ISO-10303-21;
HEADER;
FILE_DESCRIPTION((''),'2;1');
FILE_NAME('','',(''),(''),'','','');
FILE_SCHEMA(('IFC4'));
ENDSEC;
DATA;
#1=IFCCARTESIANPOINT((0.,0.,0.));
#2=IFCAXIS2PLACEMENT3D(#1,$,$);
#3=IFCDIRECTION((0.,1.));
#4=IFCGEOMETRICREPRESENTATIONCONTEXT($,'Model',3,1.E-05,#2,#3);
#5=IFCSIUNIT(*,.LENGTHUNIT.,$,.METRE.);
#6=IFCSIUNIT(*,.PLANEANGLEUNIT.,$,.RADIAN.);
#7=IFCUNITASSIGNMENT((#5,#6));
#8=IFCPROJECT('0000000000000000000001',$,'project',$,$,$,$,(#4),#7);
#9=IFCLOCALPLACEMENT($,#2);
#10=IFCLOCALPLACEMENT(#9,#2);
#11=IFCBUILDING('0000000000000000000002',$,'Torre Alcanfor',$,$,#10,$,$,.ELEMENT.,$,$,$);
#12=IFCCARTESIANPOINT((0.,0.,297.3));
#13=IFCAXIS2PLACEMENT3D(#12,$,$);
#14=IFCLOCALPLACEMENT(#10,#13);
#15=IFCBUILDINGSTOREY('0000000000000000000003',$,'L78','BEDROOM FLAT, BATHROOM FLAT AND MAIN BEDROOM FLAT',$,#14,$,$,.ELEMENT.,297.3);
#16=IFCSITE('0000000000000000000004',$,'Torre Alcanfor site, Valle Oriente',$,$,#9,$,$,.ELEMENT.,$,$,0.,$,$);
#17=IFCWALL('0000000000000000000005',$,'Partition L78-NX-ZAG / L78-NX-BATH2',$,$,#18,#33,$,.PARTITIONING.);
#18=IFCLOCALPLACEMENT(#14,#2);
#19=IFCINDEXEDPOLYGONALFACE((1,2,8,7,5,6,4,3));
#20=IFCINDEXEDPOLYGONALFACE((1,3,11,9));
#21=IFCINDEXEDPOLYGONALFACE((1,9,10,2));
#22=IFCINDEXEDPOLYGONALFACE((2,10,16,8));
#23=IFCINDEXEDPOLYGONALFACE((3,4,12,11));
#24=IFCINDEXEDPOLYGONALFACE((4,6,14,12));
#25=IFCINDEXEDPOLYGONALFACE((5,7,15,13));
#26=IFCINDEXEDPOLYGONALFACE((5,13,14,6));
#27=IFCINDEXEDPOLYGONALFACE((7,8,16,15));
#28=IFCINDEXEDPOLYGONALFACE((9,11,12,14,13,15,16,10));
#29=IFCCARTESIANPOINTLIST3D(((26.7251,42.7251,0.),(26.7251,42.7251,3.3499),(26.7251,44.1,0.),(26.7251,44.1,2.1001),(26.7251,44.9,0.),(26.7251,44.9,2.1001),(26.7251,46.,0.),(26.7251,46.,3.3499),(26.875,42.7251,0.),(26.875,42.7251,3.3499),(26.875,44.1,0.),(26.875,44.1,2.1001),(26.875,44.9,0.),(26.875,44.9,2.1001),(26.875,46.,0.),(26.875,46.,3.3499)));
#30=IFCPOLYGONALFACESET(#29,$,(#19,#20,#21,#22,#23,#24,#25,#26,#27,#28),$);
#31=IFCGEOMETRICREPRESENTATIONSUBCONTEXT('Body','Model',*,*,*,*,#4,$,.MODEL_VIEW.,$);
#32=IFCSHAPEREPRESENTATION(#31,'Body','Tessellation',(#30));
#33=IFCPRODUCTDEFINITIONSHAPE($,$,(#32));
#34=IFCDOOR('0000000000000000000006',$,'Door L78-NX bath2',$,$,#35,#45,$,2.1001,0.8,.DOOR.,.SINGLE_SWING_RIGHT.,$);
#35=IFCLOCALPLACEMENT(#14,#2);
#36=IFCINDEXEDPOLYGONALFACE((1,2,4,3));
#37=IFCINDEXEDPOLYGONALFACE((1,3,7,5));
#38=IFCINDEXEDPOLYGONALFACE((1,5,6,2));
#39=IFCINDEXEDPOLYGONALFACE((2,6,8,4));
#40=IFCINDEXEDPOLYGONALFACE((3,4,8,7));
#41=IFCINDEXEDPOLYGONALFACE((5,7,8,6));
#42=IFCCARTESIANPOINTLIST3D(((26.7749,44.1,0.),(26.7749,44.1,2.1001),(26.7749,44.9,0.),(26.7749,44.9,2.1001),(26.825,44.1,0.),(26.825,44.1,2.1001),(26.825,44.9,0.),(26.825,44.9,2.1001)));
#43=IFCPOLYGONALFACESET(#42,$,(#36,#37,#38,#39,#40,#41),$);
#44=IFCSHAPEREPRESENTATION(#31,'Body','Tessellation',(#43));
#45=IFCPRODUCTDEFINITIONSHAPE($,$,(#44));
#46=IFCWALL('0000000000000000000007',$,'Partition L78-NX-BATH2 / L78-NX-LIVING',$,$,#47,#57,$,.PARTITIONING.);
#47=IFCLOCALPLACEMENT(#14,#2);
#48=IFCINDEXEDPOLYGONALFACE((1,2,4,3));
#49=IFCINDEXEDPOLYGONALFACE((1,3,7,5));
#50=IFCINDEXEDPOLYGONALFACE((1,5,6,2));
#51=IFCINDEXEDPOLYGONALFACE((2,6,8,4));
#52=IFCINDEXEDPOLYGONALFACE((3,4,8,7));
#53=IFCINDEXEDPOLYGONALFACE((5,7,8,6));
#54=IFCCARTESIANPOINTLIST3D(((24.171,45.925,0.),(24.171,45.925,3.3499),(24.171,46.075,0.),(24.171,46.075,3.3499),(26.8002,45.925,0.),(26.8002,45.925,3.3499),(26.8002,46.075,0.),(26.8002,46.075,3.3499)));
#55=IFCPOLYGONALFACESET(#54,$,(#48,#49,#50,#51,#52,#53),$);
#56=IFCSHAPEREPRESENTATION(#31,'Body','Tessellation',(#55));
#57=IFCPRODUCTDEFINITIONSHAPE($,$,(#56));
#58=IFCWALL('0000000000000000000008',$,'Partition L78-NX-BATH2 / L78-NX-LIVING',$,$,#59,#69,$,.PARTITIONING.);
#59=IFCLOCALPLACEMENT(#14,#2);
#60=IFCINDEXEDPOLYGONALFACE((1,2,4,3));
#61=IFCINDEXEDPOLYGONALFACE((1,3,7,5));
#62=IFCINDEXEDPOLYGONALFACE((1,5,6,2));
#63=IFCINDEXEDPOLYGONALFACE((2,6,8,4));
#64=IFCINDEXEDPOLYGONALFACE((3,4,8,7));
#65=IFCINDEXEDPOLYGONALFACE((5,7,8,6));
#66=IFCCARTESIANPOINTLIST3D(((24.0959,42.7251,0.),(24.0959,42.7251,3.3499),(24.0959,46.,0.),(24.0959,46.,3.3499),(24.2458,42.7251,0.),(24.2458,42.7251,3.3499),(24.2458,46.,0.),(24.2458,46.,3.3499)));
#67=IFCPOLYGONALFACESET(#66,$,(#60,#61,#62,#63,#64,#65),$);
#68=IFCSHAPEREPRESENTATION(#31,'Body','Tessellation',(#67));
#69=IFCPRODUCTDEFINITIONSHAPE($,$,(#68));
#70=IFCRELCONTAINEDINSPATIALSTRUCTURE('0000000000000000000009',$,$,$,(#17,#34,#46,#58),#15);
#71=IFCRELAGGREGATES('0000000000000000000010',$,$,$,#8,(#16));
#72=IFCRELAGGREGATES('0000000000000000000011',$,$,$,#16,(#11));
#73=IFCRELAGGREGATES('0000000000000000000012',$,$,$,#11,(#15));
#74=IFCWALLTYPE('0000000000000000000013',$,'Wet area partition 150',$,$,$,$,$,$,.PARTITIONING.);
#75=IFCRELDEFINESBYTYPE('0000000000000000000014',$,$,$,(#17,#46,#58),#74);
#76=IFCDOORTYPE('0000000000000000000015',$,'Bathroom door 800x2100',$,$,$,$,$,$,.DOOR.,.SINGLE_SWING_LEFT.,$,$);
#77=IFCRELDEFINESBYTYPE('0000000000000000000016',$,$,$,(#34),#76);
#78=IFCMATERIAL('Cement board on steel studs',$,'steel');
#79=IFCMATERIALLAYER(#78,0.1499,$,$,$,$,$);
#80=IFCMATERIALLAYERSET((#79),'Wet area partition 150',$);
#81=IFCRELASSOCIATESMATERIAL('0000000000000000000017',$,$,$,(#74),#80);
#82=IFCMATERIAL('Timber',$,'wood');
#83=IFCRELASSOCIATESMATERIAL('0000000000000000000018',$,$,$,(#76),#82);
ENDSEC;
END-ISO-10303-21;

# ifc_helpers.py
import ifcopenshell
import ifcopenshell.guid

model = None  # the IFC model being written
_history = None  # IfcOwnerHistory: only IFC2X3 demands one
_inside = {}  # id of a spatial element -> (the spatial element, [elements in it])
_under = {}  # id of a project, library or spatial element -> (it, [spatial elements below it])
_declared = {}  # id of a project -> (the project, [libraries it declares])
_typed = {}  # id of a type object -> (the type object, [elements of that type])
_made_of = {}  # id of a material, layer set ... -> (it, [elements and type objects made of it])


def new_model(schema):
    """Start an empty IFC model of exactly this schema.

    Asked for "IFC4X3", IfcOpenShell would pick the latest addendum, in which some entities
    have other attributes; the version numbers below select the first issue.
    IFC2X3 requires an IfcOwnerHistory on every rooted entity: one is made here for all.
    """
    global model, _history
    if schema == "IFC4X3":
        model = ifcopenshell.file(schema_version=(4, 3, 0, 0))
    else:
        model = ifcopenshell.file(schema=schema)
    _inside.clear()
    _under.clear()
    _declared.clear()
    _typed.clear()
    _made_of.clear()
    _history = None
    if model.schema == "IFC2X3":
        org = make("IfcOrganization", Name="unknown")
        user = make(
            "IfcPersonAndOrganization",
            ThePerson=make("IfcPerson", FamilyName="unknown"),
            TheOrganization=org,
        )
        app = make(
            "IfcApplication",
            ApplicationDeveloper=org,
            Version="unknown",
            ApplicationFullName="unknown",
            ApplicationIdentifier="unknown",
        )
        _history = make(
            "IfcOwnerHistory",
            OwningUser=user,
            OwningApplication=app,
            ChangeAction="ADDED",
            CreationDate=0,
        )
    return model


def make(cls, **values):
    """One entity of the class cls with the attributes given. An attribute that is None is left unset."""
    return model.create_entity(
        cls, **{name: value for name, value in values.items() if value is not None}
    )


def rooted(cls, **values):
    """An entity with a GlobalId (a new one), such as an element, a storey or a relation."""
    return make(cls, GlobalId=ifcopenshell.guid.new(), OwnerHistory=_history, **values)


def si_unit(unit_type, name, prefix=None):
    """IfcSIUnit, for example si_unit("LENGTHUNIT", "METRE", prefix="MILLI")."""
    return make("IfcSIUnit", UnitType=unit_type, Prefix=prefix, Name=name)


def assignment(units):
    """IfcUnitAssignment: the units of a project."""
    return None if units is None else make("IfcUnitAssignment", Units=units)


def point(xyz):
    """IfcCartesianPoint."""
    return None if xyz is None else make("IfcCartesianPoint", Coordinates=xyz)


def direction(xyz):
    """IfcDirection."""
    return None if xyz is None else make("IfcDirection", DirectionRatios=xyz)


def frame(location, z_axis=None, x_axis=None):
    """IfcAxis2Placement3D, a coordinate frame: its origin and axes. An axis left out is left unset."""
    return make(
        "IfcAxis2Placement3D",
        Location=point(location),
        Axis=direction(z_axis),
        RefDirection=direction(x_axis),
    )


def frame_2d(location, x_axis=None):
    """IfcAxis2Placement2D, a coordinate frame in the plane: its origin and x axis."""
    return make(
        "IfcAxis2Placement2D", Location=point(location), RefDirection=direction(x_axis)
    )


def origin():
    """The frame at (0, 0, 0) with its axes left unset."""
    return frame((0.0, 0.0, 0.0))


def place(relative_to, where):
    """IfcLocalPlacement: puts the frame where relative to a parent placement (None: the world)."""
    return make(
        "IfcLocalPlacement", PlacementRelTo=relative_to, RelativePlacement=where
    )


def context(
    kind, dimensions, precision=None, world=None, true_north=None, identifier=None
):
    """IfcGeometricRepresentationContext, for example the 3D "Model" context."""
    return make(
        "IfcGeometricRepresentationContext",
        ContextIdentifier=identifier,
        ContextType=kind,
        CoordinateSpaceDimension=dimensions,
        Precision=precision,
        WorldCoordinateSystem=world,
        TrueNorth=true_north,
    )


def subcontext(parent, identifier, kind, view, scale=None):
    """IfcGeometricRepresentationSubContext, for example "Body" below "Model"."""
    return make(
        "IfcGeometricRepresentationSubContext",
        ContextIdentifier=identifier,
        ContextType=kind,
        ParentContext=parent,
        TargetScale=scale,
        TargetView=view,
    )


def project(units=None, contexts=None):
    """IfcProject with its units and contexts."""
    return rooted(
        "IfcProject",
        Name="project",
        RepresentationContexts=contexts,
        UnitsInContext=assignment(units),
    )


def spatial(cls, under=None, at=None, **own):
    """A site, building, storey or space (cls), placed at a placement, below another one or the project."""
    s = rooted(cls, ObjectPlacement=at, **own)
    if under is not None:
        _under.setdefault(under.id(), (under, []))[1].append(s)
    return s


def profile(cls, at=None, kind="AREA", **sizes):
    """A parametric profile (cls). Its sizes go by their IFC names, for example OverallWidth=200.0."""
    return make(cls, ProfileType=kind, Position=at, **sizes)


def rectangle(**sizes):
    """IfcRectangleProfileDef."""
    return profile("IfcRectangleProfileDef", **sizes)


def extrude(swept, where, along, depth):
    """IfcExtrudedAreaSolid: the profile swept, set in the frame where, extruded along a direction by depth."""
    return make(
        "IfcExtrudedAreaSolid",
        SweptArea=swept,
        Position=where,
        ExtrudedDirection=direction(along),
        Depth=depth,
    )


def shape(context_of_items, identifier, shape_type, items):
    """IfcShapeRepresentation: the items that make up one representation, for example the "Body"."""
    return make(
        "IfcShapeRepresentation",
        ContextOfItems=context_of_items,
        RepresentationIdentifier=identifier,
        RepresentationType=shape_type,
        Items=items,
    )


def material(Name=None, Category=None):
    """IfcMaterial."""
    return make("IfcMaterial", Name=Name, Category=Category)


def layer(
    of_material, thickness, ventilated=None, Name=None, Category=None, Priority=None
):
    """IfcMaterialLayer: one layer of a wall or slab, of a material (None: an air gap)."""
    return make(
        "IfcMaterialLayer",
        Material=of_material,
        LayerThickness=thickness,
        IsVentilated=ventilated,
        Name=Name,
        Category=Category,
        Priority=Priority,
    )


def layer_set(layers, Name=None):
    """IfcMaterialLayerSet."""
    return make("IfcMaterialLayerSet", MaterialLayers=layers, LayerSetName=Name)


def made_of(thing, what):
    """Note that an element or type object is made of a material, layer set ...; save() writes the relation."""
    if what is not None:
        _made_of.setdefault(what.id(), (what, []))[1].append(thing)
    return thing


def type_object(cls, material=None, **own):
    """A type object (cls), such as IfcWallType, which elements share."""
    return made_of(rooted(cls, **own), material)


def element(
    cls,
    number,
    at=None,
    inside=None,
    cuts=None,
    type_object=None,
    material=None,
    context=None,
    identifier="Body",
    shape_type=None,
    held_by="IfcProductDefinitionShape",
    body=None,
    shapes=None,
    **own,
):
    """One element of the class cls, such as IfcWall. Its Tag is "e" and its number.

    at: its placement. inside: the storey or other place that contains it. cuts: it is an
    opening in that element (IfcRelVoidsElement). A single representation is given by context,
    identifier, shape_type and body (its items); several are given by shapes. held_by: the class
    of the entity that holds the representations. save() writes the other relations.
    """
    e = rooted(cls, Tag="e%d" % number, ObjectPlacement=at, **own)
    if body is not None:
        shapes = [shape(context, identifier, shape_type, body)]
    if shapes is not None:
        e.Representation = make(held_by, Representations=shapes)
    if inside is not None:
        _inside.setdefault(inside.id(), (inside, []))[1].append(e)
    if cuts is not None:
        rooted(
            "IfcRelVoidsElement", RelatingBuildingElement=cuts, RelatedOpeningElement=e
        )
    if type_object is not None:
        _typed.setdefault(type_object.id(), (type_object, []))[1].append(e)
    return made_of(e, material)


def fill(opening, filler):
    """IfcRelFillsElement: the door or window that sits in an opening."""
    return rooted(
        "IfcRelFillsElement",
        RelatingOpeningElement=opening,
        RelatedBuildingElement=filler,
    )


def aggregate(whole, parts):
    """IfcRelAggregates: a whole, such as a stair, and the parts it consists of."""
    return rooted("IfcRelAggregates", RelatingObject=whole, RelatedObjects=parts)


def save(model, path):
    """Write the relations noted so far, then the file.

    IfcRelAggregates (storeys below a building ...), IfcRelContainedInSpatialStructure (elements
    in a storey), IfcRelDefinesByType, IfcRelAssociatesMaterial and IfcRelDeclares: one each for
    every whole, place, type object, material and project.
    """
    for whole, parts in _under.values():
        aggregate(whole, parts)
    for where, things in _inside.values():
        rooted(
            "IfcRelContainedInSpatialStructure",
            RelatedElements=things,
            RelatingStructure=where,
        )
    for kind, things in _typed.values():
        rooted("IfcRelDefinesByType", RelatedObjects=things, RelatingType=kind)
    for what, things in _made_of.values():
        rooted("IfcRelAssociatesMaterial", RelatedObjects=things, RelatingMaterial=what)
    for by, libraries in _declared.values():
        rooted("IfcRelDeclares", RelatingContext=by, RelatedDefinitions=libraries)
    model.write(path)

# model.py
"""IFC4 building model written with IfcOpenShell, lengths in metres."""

from ifc_helpers import new_model, si_unit, direction, frame, frame_2d, origin, place, context, subcontext, project, spatial, rectangle, extrude, material, layer, layer_set, type_object, element, fill, save


model = new_model("IFC4")

# Units and contexts
model_context = context("Model", 3, precision=1e-05, world=origin(), true_north=direction((0.0, 1.0)))
body_context = subcontext(model_context, "Body", "Model", "MODEL_VIEW")
ifc_project = project(units=[si_unit("LENGTHUNIT", "METRE"), si_unit("PLANEANGLEUNIT", "RADIAN")], contexts=[model_context])

# Site, building, storey
site_placement = place(None, origin())
site = spatial("IfcSite", under=ifc_project, at=site_placement, Name="Torre Alcanfor site, Valle Oriente", CompositionType="ELEMENT", RefElevation=0.0)
building_placement = place(site_placement, origin())
building = spatial("IfcBuilding", under=site, at=building_placement, Name="Torre Alcanfor", CompositionType="ELEMENT")
storey_placement = place(building_placement, frame((0.0, 0.0, 297.3)))
storey = spatial("IfcBuildingStorey", under=building, at=storey_placement, Name="L78", Description="BEDROOM FLAT, BATHROOM FLAT AND MAIN BEDROOM FLAT", CompositionType="ELEMENT", Elevation=297.3)

# Wall, opening, door
ifc_material_1 = material(Name="Cement board on steel studs", Category="steel")
ifc_layer_1 = layer(ifc_material_1, 0.1499)
ifc_layer_set_1 = layer_set([ifc_layer_1], Name="Wet area partition 150")
wall_type_1 = type_object("IfcWallType", Name="Wet area partition 150", PredefinedType="PARTITIONING", material=ifc_layer_set_1)
wall_1_placement = place(storey_placement, frame((26.8, 46.0, 0.0), z_axis=(0.0, 0.0, 1.0), x_axis=(0.0, -1.0, 0.0)))
wall_1 = element("IfcWall", 1, at=wall_1_placement, inside=storey, type_object=wall_type_1, Name="Partition L78-NX-ZAG / L78-NX-BATH2", PredefinedType="PARTITIONING", context=body_context, shape_type="SweptSolid", body=[
    extrude(rectangle(XDim=3.2749, YDim=0.1499, at=frame_2d((1.6375, 0.0))), origin(), (0.0, 0.0, 1.0), 3.3499),
])
opening_1_placement = place(wall_1_placement, frame((1.1001, 0.0, 0.0)))
opening_1 = element("IfcOpeningElement", 2, at=opening_1_placement, cuts=wall_1, PredefinedType="OPENING", context=body_context, shape_type="SweptSolid", body=[
    extrude(rectangle(XDim=0.8, YDim=2.1001, at=frame_2d((0.3999, 1.05))), frame((0.0, 0.085, 0.0), z_axis=(0.0, -1.0, 0.0), x_axis=(1.0, 0.0, 0.0)), (0.0, 0.0, 1.0), 0.1699),
])
ifc_material_2 = material(Name="Timber", Category="wood")
door_type_1 = type_object("IfcDoorType", Name="Bathroom door 800x2100", OperationType="SINGLE_SWING_LEFT", PredefinedType="DOOR", material=ifc_material_2)
door_1_placement = place(opening_1_placement, frame((0.8, 0.0, 0.0), z_axis=(0.0, 0.0, 1.0), x_axis=(-1.0, 0.0, 0.0)))
door_1 = element("IfcDoor", 3, at=door_1_placement, inside=storey, type_object=door_type_1, Name="Door L78-NX bath2", OperationType="SINGLE_SWING_RIGHT", OverallHeight=2.1001, OverallWidth=0.8, PredefinedType="DOOR", context=body_context, shape_type="SweptSolid", body=[
    extrude(rectangle(XDim=0.8, YDim=2.1001, at=frame_2d((0.4001, 1.05))), frame((0.0, 0.0251, 0.0), z_axis=(0.0, -1.0, 0.0), x_axis=(1.0, 0.0, 0.0)), (0.0, 0.0, 1.0), 0.05),
])
fill(opening_1, door_1)

# Walls
wall_2_placement = place(storey_placement, frame((26.8, 46.0, 0.0), z_axis=(0.0, 0.0, 1.0), x_axis=(-1.0, 0.0, 0.0)))
element("IfcWall", 4, at=wall_2_placement, inside=storey, type_object=wall_type_1, Name="Partition L78-NX-BATH2 / L78-NX-LIVING", PredefinedType="PARTITIONING", context=body_context, shape_type="SweptSolid", body=[
    extrude(rectangle(XDim=2.6292, YDim=0.1499, at=frame_2d((1.3145, 0.0))), origin(), (0.0, 0.0, 1.0), 3.3499),
])
wall_3_placement = place(storey_placement, frame((24.1709, 46.0, 0.0), z_axis=(0.0, 0.0, 1.0), x_axis=(0.0, -1.0, 0.0)))
element("IfcWall", 5, at=wall_3_placement, inside=storey, type_object=wall_type_1, Name="Partition L78-NX-BATH2 / L78-NX-LIVING", PredefinedType="PARTITIONING", context=body_context, shape_type="SweptSolid", body=[
    extrude(rectangle(XDim=3.2749, YDim=0.1499, at=frame_2d((1.6375, 0.0))), origin(), (0.0, 0.0, 1.0), 3.3499),
])

save(model, "model.ifc")
